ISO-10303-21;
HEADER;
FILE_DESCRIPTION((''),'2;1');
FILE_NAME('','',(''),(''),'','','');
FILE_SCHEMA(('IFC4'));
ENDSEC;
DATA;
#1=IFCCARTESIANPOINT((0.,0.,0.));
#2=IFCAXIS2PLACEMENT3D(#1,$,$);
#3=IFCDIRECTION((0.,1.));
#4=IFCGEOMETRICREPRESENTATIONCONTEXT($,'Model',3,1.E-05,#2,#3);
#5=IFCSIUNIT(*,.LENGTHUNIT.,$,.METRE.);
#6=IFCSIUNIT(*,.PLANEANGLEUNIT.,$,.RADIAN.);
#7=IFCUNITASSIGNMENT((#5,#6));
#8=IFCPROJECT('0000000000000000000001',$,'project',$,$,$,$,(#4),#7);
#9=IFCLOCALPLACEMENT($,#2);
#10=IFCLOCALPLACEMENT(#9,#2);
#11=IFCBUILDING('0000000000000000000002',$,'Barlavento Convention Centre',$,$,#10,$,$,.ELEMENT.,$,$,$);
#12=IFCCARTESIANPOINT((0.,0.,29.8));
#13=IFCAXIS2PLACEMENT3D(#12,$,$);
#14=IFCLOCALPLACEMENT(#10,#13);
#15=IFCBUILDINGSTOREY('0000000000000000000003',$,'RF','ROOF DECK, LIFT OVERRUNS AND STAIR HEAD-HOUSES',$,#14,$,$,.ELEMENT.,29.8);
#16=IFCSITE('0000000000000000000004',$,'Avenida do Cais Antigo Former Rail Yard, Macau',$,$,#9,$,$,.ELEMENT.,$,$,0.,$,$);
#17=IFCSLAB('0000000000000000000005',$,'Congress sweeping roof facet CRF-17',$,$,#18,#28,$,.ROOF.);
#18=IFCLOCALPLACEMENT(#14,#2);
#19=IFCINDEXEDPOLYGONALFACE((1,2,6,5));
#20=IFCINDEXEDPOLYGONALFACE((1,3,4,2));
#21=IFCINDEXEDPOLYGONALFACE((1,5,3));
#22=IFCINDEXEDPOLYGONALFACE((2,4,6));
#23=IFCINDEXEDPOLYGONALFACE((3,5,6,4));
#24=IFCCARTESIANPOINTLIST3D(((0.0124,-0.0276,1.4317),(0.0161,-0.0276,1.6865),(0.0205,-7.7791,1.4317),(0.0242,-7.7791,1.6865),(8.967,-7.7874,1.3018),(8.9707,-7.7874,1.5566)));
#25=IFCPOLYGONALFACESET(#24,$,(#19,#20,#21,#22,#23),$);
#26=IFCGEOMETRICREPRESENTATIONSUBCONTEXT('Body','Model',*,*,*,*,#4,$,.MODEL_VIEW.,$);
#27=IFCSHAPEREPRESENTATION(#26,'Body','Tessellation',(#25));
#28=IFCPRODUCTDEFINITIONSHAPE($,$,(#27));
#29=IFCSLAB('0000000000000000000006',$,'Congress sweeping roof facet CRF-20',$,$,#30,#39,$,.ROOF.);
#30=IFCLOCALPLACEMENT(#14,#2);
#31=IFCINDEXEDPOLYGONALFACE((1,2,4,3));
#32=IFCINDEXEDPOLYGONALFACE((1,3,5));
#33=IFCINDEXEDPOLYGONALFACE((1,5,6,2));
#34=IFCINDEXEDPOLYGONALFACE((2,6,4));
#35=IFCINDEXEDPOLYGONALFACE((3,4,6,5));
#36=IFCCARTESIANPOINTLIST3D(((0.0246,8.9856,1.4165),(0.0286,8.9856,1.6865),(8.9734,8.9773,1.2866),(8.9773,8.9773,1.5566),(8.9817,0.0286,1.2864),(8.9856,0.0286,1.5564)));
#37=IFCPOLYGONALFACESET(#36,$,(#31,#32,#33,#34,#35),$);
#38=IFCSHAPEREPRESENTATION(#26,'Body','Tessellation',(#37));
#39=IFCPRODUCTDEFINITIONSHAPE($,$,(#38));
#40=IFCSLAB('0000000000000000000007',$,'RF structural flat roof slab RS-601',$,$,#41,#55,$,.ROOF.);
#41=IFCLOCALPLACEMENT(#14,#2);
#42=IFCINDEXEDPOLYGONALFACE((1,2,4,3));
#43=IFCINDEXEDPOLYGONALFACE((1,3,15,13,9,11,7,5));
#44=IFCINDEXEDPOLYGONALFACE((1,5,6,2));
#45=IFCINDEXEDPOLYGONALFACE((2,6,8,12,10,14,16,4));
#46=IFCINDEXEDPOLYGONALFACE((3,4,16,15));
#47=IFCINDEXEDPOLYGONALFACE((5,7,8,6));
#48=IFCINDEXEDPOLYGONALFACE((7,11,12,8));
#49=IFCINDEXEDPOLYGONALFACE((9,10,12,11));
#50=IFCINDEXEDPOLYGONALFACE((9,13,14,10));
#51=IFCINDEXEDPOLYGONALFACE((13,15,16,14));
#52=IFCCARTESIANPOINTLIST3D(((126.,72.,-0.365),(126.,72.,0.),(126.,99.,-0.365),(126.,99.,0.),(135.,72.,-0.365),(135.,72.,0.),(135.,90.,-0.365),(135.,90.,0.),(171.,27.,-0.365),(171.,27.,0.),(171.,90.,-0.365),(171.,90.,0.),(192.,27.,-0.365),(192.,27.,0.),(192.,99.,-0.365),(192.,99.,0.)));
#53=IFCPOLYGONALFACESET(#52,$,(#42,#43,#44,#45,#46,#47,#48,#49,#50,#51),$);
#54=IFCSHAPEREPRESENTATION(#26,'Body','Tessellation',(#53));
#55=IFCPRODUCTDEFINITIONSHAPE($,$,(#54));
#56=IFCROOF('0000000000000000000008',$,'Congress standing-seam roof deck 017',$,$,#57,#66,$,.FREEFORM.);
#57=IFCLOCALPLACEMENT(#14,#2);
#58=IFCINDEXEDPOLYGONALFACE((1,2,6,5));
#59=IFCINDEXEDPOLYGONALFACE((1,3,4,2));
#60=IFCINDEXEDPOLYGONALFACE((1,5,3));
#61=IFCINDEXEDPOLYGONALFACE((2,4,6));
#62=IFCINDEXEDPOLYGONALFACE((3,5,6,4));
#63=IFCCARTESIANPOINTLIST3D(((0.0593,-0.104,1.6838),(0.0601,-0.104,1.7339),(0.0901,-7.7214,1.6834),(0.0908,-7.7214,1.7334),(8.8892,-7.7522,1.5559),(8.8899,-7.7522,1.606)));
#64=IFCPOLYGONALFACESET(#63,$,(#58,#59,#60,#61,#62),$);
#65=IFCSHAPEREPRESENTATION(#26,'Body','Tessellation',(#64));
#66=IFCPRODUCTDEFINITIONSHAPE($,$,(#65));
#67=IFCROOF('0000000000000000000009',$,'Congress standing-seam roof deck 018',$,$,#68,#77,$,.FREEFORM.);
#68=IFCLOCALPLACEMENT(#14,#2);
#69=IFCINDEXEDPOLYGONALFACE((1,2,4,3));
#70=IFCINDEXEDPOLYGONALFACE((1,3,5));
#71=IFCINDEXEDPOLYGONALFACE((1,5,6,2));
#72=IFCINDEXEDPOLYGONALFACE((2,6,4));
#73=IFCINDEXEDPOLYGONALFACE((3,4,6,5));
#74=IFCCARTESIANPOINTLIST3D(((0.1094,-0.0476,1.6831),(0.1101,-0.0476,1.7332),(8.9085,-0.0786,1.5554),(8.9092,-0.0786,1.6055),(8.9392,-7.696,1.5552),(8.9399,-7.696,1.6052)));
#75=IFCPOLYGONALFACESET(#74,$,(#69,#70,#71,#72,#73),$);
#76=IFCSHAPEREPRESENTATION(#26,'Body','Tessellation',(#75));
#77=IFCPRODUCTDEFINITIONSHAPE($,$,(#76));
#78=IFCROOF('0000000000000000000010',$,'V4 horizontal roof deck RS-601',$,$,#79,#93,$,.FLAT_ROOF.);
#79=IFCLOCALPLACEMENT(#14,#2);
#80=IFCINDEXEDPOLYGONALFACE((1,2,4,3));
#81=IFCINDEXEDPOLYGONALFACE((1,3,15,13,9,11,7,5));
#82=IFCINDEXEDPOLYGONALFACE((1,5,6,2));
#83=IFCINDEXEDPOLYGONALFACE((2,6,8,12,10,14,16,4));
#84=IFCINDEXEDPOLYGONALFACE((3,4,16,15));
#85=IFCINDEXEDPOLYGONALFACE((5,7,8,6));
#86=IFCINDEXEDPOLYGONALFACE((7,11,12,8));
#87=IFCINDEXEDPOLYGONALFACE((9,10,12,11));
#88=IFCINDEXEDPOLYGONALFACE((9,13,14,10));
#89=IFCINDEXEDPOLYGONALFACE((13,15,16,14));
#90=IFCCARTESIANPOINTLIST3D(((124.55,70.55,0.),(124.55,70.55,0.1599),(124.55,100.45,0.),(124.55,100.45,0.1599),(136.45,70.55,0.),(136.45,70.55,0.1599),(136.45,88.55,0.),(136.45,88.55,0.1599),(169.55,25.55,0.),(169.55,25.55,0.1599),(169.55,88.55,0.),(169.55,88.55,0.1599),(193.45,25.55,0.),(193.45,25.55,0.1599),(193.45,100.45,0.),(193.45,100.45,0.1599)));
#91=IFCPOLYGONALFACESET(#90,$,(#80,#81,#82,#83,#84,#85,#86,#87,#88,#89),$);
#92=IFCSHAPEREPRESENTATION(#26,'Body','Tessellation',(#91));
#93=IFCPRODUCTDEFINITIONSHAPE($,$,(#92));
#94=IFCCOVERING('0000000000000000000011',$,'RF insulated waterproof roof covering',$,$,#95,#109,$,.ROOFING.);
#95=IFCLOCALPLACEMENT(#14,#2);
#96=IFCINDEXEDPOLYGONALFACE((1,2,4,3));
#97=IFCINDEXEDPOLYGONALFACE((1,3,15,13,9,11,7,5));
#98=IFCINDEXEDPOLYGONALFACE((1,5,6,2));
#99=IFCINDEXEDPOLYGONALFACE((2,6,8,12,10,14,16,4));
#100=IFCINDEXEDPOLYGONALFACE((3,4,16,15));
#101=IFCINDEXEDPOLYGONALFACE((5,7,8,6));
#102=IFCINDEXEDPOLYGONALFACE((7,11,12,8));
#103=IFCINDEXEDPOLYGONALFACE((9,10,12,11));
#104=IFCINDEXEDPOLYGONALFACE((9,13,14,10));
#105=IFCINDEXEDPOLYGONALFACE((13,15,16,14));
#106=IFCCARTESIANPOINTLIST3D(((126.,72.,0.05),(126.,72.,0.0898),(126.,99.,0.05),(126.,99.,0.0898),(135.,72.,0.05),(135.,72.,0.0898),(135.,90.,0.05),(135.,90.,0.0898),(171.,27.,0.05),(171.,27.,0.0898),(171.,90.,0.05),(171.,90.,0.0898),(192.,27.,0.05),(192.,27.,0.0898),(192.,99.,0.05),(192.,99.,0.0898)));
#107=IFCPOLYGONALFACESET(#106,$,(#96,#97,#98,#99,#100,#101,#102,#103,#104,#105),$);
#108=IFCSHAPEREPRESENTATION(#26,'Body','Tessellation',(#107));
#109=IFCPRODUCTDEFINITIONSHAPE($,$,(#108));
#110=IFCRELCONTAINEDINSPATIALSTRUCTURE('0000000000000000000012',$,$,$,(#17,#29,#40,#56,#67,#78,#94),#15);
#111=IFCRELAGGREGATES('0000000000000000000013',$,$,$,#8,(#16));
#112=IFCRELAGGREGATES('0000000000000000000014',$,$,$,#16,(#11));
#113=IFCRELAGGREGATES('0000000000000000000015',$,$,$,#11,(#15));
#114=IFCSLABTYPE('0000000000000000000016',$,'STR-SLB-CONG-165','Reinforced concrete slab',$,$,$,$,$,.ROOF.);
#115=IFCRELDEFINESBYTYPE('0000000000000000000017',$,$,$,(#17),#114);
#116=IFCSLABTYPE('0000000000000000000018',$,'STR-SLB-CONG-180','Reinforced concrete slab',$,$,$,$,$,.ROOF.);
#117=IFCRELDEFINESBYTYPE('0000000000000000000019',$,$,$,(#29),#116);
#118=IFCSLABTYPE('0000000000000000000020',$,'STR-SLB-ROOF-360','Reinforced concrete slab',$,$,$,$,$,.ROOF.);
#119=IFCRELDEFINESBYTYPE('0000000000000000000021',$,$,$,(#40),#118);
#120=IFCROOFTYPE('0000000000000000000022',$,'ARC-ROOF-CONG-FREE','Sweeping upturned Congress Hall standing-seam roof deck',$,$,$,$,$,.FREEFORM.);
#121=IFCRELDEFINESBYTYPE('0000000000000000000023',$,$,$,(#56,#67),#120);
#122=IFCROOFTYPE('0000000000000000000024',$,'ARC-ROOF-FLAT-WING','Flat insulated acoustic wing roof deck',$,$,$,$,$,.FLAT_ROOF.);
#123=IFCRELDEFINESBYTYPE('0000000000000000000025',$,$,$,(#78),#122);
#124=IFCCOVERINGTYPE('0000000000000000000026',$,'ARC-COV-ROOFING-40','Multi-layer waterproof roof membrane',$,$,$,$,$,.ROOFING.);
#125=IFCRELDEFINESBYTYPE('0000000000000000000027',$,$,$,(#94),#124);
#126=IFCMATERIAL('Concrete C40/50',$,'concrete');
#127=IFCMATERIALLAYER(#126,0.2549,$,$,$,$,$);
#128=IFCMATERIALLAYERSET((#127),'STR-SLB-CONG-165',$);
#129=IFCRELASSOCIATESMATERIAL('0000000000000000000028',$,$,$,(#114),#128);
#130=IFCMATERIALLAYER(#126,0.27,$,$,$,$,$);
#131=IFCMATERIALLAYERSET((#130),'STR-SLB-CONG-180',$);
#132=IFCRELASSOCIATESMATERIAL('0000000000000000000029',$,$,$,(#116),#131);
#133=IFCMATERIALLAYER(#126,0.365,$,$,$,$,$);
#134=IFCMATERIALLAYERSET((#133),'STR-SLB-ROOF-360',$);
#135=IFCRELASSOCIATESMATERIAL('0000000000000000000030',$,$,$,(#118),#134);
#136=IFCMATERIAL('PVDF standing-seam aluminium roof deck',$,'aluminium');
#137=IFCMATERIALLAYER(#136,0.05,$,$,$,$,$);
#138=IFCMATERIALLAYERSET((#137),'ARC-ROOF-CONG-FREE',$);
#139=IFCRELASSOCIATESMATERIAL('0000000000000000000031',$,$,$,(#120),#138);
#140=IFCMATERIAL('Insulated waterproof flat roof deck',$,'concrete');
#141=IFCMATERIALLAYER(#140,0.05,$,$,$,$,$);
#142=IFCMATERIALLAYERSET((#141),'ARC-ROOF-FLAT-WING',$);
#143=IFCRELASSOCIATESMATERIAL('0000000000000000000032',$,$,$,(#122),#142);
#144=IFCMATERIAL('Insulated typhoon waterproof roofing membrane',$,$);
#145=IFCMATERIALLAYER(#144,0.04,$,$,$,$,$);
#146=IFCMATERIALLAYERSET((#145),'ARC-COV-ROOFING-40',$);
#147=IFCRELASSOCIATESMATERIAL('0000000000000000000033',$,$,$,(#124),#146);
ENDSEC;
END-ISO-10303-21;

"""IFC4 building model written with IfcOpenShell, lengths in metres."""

from ifc_helpers import new_model, si_unit, direction, frame, origin, place, context, subcontext, project, spatial, polyline, outline, extrude, material, layer, layer_set, type_object, element, save


model = new_model("IFC4")

# Units and contexts
model_context = context("Model", 3, precision=1e-05, world=origin(), true_north=direction((0.0, 1.0)))
body_context = subcontext(model_context, "Body", "Model", "MODEL_VIEW")
ifc_project = project(units=[si_unit("LENGTHUNIT", "METRE"), si_unit("PLANEANGLEUNIT", "RADIAN")], contexts=[model_context])

# Site, building, storey
site_placement = place(None, origin())
site = spatial("IfcSite", under=ifc_project, at=site_placement, Name="Avenida do Cais Antigo Former Rail Yard, Macau", CompositionType="ELEMENT", RefElevation=0.0)
building_placement = place(site_placement, origin())
building = spatial("IfcBuilding", under=site, at=building_placement, Name="Barlavento Convention Centre", CompositionType="ELEMENT")
storey_placement = place(building_placement, frame((0.0, 0.0, 29.8)))
storey = spatial("IfcBuildingStorey", under=building, at=storey_placement, Name="RF", Description="ROOF DECK, LIFT OVERRUNS AND STAIR HEAD-HOUSES", CompositionType="ELEMENT", Elevation=29.8)

# Slabs
ifc_material_1 = material(Name="Concrete C40/50", Category="concrete")
ifc_layer_1 = layer(ifc_material_1, 0.2549)
ifc_layer_set_1 = layer_set([ifc_layer_1], Name="STR-SLB-CONG-165")
slab_type_1 = type_object("IfcSlabType", Name="STR-SLB-CONG-165", Description="Reinforced concrete slab", PredefinedType="ROOF", material=ifc_layer_set_1)
slab_1_placement = place(storey_placement, frame((0.0242, -7.7791, 1.6865), z_axis=(0.014516, 0.000015, 0.999895), x_axis=(0.999894, -0.000928, -0.014516)))
element("IfcSlab", 1, at=slab_1_placement, inside=storey, type_object=slab_type_1, Name="Congress sweeping roof facet CRF-17", PredefinedType="ROOF", context=body_context, shape_type="SweptSolid", body=[
    extrude(outline(polyline([(0.0, 0.0), (8.9475, 0.0), (-0.0152, 7.7515), (0.0, 0.0)])), origin(), (0.0, 0.0, -1.0), 0.2549),
])
ifc_layer_2 = layer(ifc_material_1, 0.27)
ifc_layer_set_2 = layer_set([ifc_layer_2], Name="STR-SLB-CONG-180")
slab_type_2 = type_object("IfcSlabType", Name="STR-SLB-CONG-180", Description="Reinforced concrete slab", PredefinedType="ROOF", material=ifc_layer_set_2)
slab_2_placement = place(storey_placement, frame((8.9856, 0.0286, 1.5564), z_axis=(0.014513, -0.000014, 0.999895), x_axis=(-0.000928, 1.0, 0.000027)))
element("IfcSlab", 2, at=slab_2_placement, inside=storey, type_object=slab_type_2, Name="Congress sweeping roof facet CRF-20", PredefinedType="ROOF", context=body_context, shape_type="SweptSolid", body=[
    extrude(outline(polyline([(0.0, 0.0), (8.9487, 0.0), (8.9653, 8.9497), (0.0, 0.0)])), origin(), (0.0, 0.0, -1.0), 0.27),
])
ifc_layer_3 = layer(ifc_material_1, 0.365)
ifc_layer_set_3 = layer_set([ifc_layer_3], Name="STR-SLB-ROOF-360")
slab_type_3 = type_object("IfcSlabType", Name="STR-SLB-ROOF-360", Description="Reinforced concrete slab", PredefinedType="ROOF", material=ifc_layer_set_3)
slab_3_placement = place(storey_placement, frame((0.0, 0.0, -0.365)))
element("IfcSlab", 3, at=slab_3_placement, inside=storey, type_object=slab_type_3, Name="RF structural flat roof slab RS-601", PredefinedType="ROOF", context=body_context, shape_type="SweptSolid", body=[
    extrude(outline(polyline([(171.0, 27.0), (192.0, 27.0), (192.0, 99.0), (126.0, 99.0), (126.0, 72.0), (135.0, 72.0), (135.0, 90.0), (171.0, 90.0), (171.0, 27.0)])), origin(), (0.0, 0.0, 1.0), 0.365),
])

# Roofs
ifc_material_2 = material(Name="PVDF standing-seam aluminium roof deck", Category="aluminium")
ifc_layer_4 = layer(ifc_material_2, 0.05)
ifc_layer_set_4 = layer_set([ifc_layer_4], Name="ARC-ROOF-CONG-FREE")
roof_type_1 = type_object("IfcRoofType", Name="ARC-ROOF-CONG-FREE", Description="Sweeping upturned Congress Hall standing-seam roof deck", PredefinedType="FREEFORM", material=ifc_layer_set_4)
roof_1_placement = place(storey_placement, frame((0.0908, -7.7214, 1.7334), z_axis=(0.014482, -0.000006, 0.999895), x_axis=(0.999889, -0.003496, -0.014482)))
element("IfcRoof", 4, at=roof_1_placement, inside=storey, type_object=roof_type_1, Name="Congress standing-seam roof deck 017", PredefinedType="FREEFORM", context=body_context, shape_type="SweptSolid", body=[
    extrude(outline(polyline([(0.0, 0.0), (8.8, 0.0), (-0.0574, 7.6173), (0.0, 0.0)])), origin(), (0.0, 0.0, -1.0), 0.05),
])
roof_2_placement = place(storey_placement, frame((8.9399, -7.696, 1.6052), z_axis=(0.01451, 0.000027, 0.999895), x_axis=(-0.004038, 0.999992, 0.000032)))
element("IfcRoof", 5, at=roof_2_placement, inside=storey, type_object=roof_type_1, Name="Congress standing-seam roof deck 018", PredefinedType="FREEFORM", context=body_context, shape_type="SweptSolid", body=[
    extrude(outline(polyline([(0.0, 0.0), (7.6175, 0.0), (7.684, 8.7998), (0.0, 0.0)])), origin(), (0.0, 0.0, -1.0), 0.05),
])
ifc_material_3 = material(Name="Insulated waterproof flat roof deck", Category="concrete")
ifc_layer_5 = layer(ifc_material_3, 0.05)
ifc_layer_set_5 = layer_set([ifc_layer_5], Name="ARC-ROOF-FLAT-WING")
roof_type_2 = type_object("IfcRoofType", Name="ARC-ROOF-FLAT-WING", Description="Flat insulated acoustic wing roof deck", PredefinedType="FLAT_ROOF", material=ifc_layer_set_5)
roof_3_placement = place(storey_placement, origin())
element("IfcRoof", 6, at=roof_3_placement, inside=storey, type_object=roof_type_2, Name="V4 horizontal roof deck RS-601", PredefinedType="FLAT_ROOF", context=body_context, shape_type="SweptSolid", body=[
    extrude(outline(polyline([(169.55, 25.55), (169.55, 88.55), (136.45, 88.55), (136.45, 70.55), (124.55, 70.55), (124.55, 100.45), (193.45, 100.45), (193.45, 25.55), (169.55, 25.55)])), origin(), (0.0, 0.0, 1.0), 0.1599),
])

# Covering
ifc_material_4 = material(Name="Insulated typhoon waterproof roofing membrane")
ifc_layer_6 = layer(ifc_material_4, 0.04)
ifc_layer_set_6 = layer_set([ifc_layer_6], Name="ARC-COV-ROOFING-40")
covering_type = type_object("IfcCoveringType", Name="ARC-COV-ROOFING-40", Description="Multi-layer waterproof roof membrane", PredefinedType="ROOFING", material=ifc_layer_set_6)
covering_placement = place(storey_placement, frame((0.0, 0.0, 0.05)))
element("IfcCovering", 7, at=covering_placement, inside=storey, type_object=covering_type, Name="RF insulated waterproof roof covering", PredefinedType="ROOFING", context=body_context, shape_type="SweptSolid", body=[
    extrude(outline(polyline([(171.0, 27.0), (192.0, 27.0), (192.0, 99.0), (126.0, 99.0), (126.0, 72.0), (135.0, 72.0), (135.0, 90.0), (171.0, 90.0), (171.0, 27.0)])), origin(), (0.0, 0.0, 1.0), 0.0398),
])

save(model, "model.ifc")
